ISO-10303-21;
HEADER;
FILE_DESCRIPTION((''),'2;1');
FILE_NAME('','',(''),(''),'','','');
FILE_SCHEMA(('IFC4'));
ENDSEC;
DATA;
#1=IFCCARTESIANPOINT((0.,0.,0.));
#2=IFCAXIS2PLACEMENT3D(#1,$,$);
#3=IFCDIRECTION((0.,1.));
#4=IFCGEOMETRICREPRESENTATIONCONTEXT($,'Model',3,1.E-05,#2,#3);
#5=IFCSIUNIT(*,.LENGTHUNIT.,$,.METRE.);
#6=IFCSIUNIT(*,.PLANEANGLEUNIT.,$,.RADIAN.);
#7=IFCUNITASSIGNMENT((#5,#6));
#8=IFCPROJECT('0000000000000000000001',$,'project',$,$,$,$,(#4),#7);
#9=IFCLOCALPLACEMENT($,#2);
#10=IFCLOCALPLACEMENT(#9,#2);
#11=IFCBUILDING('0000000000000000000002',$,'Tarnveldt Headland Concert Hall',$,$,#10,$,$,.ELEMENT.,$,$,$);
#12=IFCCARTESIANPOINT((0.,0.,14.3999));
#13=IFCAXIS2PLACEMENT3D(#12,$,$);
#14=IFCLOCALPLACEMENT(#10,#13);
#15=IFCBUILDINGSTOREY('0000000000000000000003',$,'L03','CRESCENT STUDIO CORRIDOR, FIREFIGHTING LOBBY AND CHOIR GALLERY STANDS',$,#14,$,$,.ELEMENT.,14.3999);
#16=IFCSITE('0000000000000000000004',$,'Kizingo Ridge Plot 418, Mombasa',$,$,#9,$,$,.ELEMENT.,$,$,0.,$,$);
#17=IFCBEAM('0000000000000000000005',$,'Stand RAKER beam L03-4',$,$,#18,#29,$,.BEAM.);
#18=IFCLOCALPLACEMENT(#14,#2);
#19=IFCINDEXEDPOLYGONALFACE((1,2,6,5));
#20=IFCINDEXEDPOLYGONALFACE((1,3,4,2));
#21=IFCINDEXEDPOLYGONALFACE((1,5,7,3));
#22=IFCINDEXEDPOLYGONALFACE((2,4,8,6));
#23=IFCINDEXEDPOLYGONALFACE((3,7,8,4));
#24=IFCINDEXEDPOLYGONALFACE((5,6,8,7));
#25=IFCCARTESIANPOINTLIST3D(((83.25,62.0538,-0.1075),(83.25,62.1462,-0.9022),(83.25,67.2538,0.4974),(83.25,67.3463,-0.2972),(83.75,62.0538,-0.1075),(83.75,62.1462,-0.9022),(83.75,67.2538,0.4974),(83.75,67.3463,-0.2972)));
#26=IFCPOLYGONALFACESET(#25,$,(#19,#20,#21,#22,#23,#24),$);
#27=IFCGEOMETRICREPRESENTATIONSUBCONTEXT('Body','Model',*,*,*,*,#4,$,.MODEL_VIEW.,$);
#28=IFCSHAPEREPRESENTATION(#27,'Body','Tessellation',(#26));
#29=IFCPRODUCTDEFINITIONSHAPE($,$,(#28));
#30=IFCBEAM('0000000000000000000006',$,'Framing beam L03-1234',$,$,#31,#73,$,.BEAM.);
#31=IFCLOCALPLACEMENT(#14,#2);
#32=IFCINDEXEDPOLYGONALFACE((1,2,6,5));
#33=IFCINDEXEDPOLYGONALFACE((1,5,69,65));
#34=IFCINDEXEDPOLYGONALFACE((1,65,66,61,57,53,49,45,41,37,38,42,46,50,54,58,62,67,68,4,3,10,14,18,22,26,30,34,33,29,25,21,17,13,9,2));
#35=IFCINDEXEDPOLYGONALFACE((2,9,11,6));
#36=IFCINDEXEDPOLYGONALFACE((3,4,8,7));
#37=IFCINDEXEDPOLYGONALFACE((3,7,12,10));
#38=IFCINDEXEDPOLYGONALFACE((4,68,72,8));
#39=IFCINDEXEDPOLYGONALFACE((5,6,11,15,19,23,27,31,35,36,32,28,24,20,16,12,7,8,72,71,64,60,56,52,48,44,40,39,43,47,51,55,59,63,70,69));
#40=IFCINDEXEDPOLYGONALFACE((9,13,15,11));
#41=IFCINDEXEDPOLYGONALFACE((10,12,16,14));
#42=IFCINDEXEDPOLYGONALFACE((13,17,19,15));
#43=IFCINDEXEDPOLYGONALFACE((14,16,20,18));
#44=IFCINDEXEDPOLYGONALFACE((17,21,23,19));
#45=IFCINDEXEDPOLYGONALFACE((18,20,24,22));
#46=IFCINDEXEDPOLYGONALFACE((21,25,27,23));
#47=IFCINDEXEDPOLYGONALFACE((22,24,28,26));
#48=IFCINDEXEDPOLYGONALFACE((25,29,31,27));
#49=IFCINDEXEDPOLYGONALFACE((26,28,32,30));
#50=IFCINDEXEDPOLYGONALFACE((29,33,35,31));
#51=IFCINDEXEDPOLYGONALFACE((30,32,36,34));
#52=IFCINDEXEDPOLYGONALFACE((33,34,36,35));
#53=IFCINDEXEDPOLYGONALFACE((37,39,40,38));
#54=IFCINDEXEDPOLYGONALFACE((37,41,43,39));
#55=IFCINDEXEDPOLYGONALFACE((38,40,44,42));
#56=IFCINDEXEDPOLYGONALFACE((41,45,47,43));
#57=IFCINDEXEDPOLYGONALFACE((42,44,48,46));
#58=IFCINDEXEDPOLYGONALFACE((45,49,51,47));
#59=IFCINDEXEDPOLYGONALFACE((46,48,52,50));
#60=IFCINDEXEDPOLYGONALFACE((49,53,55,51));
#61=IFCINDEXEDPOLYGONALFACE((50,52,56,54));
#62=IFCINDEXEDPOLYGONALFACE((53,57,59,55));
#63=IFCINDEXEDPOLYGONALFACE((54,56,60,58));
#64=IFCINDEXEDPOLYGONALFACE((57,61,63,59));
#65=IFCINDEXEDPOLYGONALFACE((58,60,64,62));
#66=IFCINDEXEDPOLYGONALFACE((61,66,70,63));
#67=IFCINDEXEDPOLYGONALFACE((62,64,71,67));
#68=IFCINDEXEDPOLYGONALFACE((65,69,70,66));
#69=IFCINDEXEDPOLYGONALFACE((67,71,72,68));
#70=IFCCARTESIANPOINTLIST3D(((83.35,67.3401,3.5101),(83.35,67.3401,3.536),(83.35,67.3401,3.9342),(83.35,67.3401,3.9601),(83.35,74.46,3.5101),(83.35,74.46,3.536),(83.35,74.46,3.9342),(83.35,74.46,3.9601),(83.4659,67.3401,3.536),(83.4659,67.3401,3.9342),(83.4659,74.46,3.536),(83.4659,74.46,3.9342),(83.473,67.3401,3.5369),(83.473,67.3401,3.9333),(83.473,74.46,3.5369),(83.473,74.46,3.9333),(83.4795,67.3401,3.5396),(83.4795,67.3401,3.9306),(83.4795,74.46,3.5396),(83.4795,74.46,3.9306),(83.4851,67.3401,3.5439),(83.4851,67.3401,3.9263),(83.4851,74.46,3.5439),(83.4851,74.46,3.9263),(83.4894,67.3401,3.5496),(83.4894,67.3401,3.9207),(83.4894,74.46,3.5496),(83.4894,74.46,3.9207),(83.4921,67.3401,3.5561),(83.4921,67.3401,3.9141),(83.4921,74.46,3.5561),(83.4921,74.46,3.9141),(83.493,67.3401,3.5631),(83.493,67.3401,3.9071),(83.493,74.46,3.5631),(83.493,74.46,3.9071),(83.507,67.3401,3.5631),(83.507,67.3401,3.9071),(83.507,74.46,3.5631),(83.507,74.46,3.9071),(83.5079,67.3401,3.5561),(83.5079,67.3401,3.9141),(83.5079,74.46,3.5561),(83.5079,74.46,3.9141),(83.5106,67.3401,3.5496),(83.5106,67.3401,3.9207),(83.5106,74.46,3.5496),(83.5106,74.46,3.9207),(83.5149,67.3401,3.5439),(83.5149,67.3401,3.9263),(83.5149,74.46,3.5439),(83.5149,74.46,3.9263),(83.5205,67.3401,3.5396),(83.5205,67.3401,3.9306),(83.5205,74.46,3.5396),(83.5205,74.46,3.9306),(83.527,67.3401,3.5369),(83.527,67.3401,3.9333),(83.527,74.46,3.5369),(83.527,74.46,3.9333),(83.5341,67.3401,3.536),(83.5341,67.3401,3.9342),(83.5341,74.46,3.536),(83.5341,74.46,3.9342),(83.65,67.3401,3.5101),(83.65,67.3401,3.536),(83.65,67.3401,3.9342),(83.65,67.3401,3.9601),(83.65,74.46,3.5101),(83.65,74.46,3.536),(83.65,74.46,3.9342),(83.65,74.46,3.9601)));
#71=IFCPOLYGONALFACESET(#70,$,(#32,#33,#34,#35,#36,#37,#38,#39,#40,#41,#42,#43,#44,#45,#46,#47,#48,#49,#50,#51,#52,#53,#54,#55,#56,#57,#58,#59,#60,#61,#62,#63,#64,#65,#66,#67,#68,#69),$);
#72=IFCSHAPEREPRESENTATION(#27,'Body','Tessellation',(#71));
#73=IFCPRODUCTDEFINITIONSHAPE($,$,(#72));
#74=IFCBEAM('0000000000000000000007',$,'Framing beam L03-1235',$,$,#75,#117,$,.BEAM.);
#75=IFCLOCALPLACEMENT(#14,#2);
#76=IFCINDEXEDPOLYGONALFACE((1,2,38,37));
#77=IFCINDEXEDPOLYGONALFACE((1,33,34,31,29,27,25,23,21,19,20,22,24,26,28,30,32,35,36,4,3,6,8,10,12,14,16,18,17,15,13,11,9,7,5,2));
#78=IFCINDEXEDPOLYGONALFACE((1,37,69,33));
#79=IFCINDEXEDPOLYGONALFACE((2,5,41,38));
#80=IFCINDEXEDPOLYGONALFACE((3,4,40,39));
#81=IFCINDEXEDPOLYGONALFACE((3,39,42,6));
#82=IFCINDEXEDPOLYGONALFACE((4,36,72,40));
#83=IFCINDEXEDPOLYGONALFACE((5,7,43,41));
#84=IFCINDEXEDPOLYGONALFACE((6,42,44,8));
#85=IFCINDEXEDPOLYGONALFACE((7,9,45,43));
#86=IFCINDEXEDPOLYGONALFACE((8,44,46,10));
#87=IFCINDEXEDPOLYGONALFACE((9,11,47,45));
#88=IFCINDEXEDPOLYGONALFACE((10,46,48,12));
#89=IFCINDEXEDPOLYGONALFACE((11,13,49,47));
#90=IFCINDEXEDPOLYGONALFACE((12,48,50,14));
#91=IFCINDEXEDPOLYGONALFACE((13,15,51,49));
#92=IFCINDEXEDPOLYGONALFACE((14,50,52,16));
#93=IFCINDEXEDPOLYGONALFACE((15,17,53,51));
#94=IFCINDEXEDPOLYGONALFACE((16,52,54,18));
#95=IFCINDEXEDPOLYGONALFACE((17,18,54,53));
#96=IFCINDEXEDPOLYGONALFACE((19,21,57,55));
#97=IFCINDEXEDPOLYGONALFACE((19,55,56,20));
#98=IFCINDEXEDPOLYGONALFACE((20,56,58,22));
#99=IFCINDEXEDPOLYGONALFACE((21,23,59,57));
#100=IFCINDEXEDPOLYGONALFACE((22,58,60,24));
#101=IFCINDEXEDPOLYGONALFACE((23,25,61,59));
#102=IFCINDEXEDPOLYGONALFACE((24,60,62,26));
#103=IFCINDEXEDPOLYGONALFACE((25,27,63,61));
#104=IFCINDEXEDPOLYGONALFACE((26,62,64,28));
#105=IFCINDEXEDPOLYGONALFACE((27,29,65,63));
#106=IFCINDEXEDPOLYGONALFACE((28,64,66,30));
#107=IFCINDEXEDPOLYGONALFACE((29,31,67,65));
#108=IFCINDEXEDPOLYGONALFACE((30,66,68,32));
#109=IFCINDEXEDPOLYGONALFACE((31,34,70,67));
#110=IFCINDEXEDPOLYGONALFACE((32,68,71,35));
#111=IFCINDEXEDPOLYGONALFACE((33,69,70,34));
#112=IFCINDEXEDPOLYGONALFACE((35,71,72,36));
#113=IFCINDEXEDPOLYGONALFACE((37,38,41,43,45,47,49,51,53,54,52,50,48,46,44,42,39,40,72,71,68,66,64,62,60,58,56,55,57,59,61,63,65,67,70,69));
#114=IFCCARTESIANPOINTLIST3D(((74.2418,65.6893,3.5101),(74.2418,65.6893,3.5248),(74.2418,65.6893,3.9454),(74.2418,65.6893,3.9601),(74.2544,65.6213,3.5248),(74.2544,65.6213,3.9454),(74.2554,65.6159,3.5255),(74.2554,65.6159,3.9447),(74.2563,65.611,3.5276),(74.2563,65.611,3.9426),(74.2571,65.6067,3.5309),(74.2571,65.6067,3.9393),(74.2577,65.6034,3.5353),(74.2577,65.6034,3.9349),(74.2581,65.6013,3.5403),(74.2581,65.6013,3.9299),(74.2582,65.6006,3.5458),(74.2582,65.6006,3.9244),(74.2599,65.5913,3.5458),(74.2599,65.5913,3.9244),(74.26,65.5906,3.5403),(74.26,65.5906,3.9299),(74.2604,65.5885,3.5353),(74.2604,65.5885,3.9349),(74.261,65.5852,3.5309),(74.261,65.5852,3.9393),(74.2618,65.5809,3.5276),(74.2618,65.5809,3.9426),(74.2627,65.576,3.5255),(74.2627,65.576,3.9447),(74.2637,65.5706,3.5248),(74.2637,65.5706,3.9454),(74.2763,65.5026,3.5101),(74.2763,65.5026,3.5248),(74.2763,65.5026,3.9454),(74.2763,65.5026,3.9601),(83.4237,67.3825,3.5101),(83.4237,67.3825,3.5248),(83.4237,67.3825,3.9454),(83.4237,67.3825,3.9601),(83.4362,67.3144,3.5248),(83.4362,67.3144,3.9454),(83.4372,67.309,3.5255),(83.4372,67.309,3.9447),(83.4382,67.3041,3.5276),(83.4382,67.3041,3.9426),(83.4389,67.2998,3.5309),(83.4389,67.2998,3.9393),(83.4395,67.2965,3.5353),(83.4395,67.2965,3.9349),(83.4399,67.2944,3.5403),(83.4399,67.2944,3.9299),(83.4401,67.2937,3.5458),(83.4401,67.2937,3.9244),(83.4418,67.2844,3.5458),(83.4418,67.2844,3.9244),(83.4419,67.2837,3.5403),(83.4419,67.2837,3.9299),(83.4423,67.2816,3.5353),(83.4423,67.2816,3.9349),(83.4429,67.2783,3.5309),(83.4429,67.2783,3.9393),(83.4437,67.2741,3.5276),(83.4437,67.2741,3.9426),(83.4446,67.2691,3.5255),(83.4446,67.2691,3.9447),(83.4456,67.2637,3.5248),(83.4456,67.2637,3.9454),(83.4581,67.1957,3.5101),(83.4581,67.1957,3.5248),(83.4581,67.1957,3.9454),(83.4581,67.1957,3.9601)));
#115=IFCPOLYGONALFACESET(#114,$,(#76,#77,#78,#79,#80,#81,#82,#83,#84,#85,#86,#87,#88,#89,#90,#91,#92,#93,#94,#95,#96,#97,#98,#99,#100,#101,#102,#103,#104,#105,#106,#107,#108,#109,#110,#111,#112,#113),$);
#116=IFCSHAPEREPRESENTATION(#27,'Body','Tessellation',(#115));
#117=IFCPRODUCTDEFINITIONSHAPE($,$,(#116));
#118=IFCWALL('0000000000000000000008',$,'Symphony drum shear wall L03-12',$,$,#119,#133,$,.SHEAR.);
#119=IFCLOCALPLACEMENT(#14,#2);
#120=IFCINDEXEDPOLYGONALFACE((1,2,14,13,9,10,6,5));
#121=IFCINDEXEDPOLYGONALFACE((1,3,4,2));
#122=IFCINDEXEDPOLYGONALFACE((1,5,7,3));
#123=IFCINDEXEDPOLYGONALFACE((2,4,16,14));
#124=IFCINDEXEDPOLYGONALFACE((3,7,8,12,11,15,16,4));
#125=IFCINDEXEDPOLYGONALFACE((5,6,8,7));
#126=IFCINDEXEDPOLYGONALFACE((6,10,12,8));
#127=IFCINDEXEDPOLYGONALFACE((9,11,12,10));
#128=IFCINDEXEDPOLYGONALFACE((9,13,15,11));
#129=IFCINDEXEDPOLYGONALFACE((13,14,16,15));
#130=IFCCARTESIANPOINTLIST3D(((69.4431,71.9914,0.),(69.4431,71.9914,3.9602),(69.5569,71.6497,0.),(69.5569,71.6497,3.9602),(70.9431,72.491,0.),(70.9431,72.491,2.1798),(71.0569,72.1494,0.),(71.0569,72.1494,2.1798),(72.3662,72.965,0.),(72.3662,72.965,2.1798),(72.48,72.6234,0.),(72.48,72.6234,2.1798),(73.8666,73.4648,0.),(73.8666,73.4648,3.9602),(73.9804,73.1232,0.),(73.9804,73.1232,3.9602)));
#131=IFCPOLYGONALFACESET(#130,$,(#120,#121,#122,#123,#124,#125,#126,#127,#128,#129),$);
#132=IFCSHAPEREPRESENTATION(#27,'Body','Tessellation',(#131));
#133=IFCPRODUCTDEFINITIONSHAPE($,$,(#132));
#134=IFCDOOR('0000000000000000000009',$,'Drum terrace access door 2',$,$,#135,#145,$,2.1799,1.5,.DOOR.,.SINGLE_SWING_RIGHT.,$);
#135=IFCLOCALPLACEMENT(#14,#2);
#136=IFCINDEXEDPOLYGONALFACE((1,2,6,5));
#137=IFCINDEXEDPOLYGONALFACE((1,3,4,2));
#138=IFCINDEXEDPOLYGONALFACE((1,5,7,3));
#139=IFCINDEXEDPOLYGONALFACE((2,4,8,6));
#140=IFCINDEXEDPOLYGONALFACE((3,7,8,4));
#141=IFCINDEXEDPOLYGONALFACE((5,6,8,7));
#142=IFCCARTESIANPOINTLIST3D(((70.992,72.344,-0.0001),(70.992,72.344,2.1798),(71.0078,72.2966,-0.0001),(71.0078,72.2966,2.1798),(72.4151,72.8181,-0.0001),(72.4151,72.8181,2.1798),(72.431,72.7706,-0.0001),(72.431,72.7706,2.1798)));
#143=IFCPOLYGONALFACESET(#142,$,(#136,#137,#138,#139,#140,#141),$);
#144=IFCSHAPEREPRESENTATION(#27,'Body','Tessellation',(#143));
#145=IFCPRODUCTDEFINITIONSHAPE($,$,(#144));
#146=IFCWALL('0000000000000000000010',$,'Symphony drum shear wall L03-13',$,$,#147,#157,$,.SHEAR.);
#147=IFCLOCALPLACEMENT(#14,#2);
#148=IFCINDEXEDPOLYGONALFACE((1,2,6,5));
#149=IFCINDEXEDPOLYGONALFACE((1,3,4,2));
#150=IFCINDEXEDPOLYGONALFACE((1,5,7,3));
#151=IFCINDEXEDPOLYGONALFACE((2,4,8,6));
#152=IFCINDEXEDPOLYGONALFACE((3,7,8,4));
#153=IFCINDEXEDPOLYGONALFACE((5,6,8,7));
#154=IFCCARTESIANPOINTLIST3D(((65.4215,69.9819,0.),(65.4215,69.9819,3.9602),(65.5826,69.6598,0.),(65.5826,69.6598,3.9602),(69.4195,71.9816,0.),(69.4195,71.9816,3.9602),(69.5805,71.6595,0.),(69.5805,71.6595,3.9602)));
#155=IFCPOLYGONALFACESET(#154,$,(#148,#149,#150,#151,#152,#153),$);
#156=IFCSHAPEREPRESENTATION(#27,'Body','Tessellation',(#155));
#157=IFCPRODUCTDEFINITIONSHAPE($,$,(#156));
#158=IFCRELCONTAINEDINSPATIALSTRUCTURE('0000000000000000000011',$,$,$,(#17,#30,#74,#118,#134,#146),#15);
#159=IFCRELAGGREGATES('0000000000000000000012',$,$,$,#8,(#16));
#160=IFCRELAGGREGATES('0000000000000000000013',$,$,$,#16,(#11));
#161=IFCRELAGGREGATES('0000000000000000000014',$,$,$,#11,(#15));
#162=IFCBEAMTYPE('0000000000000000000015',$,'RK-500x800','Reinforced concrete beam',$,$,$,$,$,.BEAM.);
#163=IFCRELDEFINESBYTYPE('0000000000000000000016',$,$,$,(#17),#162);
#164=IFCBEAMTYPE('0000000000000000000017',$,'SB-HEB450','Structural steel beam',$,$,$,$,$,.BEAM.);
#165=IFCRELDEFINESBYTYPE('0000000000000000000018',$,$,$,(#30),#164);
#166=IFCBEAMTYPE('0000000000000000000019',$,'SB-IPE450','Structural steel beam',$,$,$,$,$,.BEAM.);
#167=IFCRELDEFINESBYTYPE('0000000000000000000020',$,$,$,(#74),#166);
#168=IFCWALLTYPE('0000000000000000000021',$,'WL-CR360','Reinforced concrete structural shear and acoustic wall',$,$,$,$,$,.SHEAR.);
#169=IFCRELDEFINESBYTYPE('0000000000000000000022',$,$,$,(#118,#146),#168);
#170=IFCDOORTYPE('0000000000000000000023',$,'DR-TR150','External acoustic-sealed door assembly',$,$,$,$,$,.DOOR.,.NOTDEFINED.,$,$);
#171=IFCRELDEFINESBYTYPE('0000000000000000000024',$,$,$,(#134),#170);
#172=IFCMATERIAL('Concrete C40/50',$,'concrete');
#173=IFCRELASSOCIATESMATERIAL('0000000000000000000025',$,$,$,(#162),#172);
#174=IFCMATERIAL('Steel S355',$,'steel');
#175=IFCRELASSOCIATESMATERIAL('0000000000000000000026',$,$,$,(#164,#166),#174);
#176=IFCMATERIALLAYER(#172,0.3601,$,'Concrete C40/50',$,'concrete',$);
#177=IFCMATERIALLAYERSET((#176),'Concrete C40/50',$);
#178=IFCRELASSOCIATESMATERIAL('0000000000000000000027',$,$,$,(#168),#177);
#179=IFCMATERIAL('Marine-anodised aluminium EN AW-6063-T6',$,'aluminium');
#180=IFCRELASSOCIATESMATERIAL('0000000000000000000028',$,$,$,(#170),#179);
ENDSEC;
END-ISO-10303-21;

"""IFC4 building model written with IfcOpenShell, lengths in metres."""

from ifc_helpers import new_model, si_unit, direction, frame, frame_2d, origin, origin_2d, place, context, subcontext, project, spatial, rectangle, i_section, extrude, material, layer, layer_set, material_profile, profile_set, type_object, element, fill, save


model = new_model("IFC4")

# Units and contexts
model_context = context("Model", 3, precision=1e-05, world=origin(), true_north=direction((0.0, 1.0)))
body_context = subcontext(model_context, "Body", "Model", "MODEL_VIEW")
ifc_project = project(units=[si_unit("LENGTHUNIT", "METRE"), si_unit("PLANEANGLEUNIT", "RADIAN")], contexts=[model_context])

# Site, building, storey
site_placement = place(None, origin())
site = spatial("IfcSite", under=ifc_project, at=site_placement, Name="Kizingo Ridge Plot 418, Mombasa", CompositionType="ELEMENT", RefElevation=0.0)
building_placement = place(site_placement, origin())
building = spatial("IfcBuilding", under=site, at=building_placement, Name="Tarnveldt Headland Concert Hall", CompositionType="ELEMENT")
storey_placement = place(building_placement, frame((0.0, 0.0, 14.3999)))
storey = spatial("IfcBuildingStorey", under=building, at=storey_placement, Name="L03", Description="CRESCENT STUDIO CORRIDOR, FIREFIGHTING LOBBY AND CHOIR GALLERY STANDS", CompositionType="ELEMENT", Elevation=14.3999)

# Shared definitions
ifc_material_1 = material(Name="Concrete C40/50", Category="concrete")

# Shared definitions
ifc_material_2 = material(Name="Steel S355", Category="steel")

# Beams
ifc_material_profile_1 = material_profile(ifc_material_1, rectangle(XDim=0.5, YDim=0.8, at=origin_2d()), Name="RAKER RC 500x800", Category="concrete")
ifc_profile_set_1 = profile_set([ifc_material_profile_1], Name="Concrete C40/50")
beam_type_1 = type_object("IfcBeamType", Name="RK-500x800", Description="Reinforced concrete beam", PredefinedType="BEAM", material=ifc_profile_set_1)
beam_1_placement = place(storey_placement, frame((83.5, 67.3, 0.1001), z_axis=(0.0, -0.9933, -0.115564), x_axis=(1.0, 0.0, 0.0)))
element("IfcBeam", 1, at=beam_1_placement, inside=storey, type_object=beam_type_1, Name="Stand RAKER beam L03-4", PredefinedType="BEAM", context=body_context, shape_type="SweptSolid", body=[
    extrude(rectangle(XDim=0.5, YDim=0.8, at=origin_2d()), origin(), (0.0, 0.0, 1.0), 5.2351),
])
ifc_material_profile_2 = material_profile(ifc_material_2, i_section(OverallWidth=0.3, OverallDepth=0.45, WebThickness=0.0139, FlangeThickness=0.0259, FilletRadius=0.0271, at=origin_2d()), Name="HEB450", Category="steel")
ifc_profile_set_2 = profile_set([ifc_material_profile_2], Name="Steel S355")
beam_type_2 = type_object("IfcBeamType", Name="SB-HEB450", Description="Structural steel beam", PredefinedType="BEAM", material=ifc_profile_set_2)
beam_2_placement = place(storey_placement, frame((83.5, 67.3401, 3.7351), z_axis=(0.0, 1.0, 0.0), x_axis=(-1.0, 0.0, 0.0)))
element("IfcBeam", 2, at=beam_2_placement, inside=storey, type_object=beam_type_2, Name="Framing beam L03-1234", PredefinedType="BEAM", context=body_context, shape_type="SweptSolid", body=[
    extrude(i_section(OverallWidth=0.3, OverallDepth=0.45, WebThickness=0.0139, FlangeThickness=0.0259, FilletRadius=0.0271, at=origin_2d()), origin(), (0.0, 0.0, 1.0), 7.1199),
])
ifc_material_profile_3 = material_profile(ifc_material_2, i_section(OverallWidth=0.1899, OverallDepth=0.45, WebThickness=0.0095, FlangeThickness=0.0146, FilletRadius=0.021, at=origin_2d()), Name="IPE450", Category="steel")
ifc_profile_set_3 = profile_set([ifc_material_profile_3], Name="Steel S355")
beam_type_3 = type_object("IfcBeamType", Name="SB-IPE450", Description="Structural steel beam", PredefinedType="BEAM", material=ifc_profile_set_3)
beam_3_placement = place(storey_placement, frame((83.4409, 67.2891, 3.7351), z_axis=(-0.98342, -0.18134, 0.0), x_axis=(0.18134, -0.98342, 0.0)))
element("IfcBeam", 3, at=beam_3_placement, inside=storey, type_object=beam_type_3, Name="Framing beam L03-1235", PredefinedType="BEAM", context=body_context, shape_type="SweptSolid", body=[
    extrude(i_section(OverallWidth=0.1899, OverallDepth=0.45, WebThickness=0.0095, FlangeThickness=0.0146, FilletRadius=0.021, at=origin_2d()), origin(), (0.0, 0.0, 1.0), 9.3367),
])

# Wall, opening, door
ifc_layer_1 = layer(ifc_material_1, 0.3601, Name="Concrete C40/50", Category="concrete")
ifc_layer_set_1 = layer_set([ifc_layer_1], Name="Concrete C40/50")
wall_type_1 = type_object("IfcWallType", Name="WL-CR360", Description="Reinforced concrete structural shear and acoustic wall", PredefinedType="SHEAR", material=ifc_layer_set_1)
wall_1_placement = place(storey_placement, frame((73.9233, 73.2939, 0.0), z_axis=(0.0, 0.0, 1.0), x_axis=(-0.948751, -0.316024, 0.0)))
wall_1 = element("IfcWall", 4, at=wall_1_placement, inside=storey, type_object=wall_type_1, Name="Symphony drum shear wall L03-12", PredefinedType="SHEAR", context=body_context, shape_type="SweptSolid", body=[
    extrude(rectangle(XDim=4.6624, YDim=0.3601, at=frame_2d((2.3311, 0.0))), origin(), (0.0, 0.0, 1.0), 3.9602),
])
opening_1_placement = place(wall_1_placement, frame((1.5813, 0.0, 0.0)))
opening_1 = element("IfcOpeningElement", 5, at=opening_1_placement, cuts=wall_1, PredefinedType="OPENING", context=body_context, shape_type="SweptSolid", body=[
    extrude(rectangle(XDim=1.5, YDim=2.1799, at=frame_2d((0.75, 1.0898))), frame((0.0, 0.1899, 0.0), z_axis=(0.0, -1.0, 0.0), x_axis=(1.0, 0.0, 0.0)), (0.0, 0.0, 1.0), 0.3801),
])
ifc_material_3 = material(Name="Marine-anodised aluminium EN AW-6063-T6", Category="aluminium")
door_type = type_object("IfcDoorType", Name="DR-TR150", Description="External acoustic-sealed door assembly", OperationType="NOTDEFINED", PredefinedType="DOOR", material=ifc_material_3)
door_placement = place(opening_1_placement, origin())
door = element("IfcDoor", 6, at=door_placement, inside=storey, type_object=door_type, Name="Drum terrace access door 2", OperationType="SINGLE_SWING_RIGHT", OverallHeight=2.1799, OverallWidth=1.5, PredefinedType="DOOR", context=body_context, shape_type="SweptSolid", body=[
    extrude(rectangle(XDim=1.5, YDim=2.1799, at=frame_2d((0.75, 1.0898))), frame((0.0, 0.0249, 0.0), z_axis=(0.0, -1.0, 0.0), x_axis=(1.0, 0.0, 0.0)), (0.0, 0.0, 1.0), 0.05),
])
fill(opening_1, door)

# Wall
wall_2_placement = place(storey_placement, frame((69.5, 71.8206, 0.0), z_axis=(0.0, 0.0, 1.0), x_axis=(-0.894362, -0.447345, 0.0)))
element("IfcWall", 7, at=wall_2_placement, inside=storey, type_object=wall_type_1, Name="Symphony drum shear wall L03-13", PredefinedType="SHEAR", context=body_context, shape_type="SweptSolid", body=[
    extrude(rectangle(XDim=4.4702, YDim=0.3601, at=frame_2d((2.2351, 0.0))), origin(), (0.0, 0.0, 1.0), 3.9602),
])

save(model, "model.ifc")
